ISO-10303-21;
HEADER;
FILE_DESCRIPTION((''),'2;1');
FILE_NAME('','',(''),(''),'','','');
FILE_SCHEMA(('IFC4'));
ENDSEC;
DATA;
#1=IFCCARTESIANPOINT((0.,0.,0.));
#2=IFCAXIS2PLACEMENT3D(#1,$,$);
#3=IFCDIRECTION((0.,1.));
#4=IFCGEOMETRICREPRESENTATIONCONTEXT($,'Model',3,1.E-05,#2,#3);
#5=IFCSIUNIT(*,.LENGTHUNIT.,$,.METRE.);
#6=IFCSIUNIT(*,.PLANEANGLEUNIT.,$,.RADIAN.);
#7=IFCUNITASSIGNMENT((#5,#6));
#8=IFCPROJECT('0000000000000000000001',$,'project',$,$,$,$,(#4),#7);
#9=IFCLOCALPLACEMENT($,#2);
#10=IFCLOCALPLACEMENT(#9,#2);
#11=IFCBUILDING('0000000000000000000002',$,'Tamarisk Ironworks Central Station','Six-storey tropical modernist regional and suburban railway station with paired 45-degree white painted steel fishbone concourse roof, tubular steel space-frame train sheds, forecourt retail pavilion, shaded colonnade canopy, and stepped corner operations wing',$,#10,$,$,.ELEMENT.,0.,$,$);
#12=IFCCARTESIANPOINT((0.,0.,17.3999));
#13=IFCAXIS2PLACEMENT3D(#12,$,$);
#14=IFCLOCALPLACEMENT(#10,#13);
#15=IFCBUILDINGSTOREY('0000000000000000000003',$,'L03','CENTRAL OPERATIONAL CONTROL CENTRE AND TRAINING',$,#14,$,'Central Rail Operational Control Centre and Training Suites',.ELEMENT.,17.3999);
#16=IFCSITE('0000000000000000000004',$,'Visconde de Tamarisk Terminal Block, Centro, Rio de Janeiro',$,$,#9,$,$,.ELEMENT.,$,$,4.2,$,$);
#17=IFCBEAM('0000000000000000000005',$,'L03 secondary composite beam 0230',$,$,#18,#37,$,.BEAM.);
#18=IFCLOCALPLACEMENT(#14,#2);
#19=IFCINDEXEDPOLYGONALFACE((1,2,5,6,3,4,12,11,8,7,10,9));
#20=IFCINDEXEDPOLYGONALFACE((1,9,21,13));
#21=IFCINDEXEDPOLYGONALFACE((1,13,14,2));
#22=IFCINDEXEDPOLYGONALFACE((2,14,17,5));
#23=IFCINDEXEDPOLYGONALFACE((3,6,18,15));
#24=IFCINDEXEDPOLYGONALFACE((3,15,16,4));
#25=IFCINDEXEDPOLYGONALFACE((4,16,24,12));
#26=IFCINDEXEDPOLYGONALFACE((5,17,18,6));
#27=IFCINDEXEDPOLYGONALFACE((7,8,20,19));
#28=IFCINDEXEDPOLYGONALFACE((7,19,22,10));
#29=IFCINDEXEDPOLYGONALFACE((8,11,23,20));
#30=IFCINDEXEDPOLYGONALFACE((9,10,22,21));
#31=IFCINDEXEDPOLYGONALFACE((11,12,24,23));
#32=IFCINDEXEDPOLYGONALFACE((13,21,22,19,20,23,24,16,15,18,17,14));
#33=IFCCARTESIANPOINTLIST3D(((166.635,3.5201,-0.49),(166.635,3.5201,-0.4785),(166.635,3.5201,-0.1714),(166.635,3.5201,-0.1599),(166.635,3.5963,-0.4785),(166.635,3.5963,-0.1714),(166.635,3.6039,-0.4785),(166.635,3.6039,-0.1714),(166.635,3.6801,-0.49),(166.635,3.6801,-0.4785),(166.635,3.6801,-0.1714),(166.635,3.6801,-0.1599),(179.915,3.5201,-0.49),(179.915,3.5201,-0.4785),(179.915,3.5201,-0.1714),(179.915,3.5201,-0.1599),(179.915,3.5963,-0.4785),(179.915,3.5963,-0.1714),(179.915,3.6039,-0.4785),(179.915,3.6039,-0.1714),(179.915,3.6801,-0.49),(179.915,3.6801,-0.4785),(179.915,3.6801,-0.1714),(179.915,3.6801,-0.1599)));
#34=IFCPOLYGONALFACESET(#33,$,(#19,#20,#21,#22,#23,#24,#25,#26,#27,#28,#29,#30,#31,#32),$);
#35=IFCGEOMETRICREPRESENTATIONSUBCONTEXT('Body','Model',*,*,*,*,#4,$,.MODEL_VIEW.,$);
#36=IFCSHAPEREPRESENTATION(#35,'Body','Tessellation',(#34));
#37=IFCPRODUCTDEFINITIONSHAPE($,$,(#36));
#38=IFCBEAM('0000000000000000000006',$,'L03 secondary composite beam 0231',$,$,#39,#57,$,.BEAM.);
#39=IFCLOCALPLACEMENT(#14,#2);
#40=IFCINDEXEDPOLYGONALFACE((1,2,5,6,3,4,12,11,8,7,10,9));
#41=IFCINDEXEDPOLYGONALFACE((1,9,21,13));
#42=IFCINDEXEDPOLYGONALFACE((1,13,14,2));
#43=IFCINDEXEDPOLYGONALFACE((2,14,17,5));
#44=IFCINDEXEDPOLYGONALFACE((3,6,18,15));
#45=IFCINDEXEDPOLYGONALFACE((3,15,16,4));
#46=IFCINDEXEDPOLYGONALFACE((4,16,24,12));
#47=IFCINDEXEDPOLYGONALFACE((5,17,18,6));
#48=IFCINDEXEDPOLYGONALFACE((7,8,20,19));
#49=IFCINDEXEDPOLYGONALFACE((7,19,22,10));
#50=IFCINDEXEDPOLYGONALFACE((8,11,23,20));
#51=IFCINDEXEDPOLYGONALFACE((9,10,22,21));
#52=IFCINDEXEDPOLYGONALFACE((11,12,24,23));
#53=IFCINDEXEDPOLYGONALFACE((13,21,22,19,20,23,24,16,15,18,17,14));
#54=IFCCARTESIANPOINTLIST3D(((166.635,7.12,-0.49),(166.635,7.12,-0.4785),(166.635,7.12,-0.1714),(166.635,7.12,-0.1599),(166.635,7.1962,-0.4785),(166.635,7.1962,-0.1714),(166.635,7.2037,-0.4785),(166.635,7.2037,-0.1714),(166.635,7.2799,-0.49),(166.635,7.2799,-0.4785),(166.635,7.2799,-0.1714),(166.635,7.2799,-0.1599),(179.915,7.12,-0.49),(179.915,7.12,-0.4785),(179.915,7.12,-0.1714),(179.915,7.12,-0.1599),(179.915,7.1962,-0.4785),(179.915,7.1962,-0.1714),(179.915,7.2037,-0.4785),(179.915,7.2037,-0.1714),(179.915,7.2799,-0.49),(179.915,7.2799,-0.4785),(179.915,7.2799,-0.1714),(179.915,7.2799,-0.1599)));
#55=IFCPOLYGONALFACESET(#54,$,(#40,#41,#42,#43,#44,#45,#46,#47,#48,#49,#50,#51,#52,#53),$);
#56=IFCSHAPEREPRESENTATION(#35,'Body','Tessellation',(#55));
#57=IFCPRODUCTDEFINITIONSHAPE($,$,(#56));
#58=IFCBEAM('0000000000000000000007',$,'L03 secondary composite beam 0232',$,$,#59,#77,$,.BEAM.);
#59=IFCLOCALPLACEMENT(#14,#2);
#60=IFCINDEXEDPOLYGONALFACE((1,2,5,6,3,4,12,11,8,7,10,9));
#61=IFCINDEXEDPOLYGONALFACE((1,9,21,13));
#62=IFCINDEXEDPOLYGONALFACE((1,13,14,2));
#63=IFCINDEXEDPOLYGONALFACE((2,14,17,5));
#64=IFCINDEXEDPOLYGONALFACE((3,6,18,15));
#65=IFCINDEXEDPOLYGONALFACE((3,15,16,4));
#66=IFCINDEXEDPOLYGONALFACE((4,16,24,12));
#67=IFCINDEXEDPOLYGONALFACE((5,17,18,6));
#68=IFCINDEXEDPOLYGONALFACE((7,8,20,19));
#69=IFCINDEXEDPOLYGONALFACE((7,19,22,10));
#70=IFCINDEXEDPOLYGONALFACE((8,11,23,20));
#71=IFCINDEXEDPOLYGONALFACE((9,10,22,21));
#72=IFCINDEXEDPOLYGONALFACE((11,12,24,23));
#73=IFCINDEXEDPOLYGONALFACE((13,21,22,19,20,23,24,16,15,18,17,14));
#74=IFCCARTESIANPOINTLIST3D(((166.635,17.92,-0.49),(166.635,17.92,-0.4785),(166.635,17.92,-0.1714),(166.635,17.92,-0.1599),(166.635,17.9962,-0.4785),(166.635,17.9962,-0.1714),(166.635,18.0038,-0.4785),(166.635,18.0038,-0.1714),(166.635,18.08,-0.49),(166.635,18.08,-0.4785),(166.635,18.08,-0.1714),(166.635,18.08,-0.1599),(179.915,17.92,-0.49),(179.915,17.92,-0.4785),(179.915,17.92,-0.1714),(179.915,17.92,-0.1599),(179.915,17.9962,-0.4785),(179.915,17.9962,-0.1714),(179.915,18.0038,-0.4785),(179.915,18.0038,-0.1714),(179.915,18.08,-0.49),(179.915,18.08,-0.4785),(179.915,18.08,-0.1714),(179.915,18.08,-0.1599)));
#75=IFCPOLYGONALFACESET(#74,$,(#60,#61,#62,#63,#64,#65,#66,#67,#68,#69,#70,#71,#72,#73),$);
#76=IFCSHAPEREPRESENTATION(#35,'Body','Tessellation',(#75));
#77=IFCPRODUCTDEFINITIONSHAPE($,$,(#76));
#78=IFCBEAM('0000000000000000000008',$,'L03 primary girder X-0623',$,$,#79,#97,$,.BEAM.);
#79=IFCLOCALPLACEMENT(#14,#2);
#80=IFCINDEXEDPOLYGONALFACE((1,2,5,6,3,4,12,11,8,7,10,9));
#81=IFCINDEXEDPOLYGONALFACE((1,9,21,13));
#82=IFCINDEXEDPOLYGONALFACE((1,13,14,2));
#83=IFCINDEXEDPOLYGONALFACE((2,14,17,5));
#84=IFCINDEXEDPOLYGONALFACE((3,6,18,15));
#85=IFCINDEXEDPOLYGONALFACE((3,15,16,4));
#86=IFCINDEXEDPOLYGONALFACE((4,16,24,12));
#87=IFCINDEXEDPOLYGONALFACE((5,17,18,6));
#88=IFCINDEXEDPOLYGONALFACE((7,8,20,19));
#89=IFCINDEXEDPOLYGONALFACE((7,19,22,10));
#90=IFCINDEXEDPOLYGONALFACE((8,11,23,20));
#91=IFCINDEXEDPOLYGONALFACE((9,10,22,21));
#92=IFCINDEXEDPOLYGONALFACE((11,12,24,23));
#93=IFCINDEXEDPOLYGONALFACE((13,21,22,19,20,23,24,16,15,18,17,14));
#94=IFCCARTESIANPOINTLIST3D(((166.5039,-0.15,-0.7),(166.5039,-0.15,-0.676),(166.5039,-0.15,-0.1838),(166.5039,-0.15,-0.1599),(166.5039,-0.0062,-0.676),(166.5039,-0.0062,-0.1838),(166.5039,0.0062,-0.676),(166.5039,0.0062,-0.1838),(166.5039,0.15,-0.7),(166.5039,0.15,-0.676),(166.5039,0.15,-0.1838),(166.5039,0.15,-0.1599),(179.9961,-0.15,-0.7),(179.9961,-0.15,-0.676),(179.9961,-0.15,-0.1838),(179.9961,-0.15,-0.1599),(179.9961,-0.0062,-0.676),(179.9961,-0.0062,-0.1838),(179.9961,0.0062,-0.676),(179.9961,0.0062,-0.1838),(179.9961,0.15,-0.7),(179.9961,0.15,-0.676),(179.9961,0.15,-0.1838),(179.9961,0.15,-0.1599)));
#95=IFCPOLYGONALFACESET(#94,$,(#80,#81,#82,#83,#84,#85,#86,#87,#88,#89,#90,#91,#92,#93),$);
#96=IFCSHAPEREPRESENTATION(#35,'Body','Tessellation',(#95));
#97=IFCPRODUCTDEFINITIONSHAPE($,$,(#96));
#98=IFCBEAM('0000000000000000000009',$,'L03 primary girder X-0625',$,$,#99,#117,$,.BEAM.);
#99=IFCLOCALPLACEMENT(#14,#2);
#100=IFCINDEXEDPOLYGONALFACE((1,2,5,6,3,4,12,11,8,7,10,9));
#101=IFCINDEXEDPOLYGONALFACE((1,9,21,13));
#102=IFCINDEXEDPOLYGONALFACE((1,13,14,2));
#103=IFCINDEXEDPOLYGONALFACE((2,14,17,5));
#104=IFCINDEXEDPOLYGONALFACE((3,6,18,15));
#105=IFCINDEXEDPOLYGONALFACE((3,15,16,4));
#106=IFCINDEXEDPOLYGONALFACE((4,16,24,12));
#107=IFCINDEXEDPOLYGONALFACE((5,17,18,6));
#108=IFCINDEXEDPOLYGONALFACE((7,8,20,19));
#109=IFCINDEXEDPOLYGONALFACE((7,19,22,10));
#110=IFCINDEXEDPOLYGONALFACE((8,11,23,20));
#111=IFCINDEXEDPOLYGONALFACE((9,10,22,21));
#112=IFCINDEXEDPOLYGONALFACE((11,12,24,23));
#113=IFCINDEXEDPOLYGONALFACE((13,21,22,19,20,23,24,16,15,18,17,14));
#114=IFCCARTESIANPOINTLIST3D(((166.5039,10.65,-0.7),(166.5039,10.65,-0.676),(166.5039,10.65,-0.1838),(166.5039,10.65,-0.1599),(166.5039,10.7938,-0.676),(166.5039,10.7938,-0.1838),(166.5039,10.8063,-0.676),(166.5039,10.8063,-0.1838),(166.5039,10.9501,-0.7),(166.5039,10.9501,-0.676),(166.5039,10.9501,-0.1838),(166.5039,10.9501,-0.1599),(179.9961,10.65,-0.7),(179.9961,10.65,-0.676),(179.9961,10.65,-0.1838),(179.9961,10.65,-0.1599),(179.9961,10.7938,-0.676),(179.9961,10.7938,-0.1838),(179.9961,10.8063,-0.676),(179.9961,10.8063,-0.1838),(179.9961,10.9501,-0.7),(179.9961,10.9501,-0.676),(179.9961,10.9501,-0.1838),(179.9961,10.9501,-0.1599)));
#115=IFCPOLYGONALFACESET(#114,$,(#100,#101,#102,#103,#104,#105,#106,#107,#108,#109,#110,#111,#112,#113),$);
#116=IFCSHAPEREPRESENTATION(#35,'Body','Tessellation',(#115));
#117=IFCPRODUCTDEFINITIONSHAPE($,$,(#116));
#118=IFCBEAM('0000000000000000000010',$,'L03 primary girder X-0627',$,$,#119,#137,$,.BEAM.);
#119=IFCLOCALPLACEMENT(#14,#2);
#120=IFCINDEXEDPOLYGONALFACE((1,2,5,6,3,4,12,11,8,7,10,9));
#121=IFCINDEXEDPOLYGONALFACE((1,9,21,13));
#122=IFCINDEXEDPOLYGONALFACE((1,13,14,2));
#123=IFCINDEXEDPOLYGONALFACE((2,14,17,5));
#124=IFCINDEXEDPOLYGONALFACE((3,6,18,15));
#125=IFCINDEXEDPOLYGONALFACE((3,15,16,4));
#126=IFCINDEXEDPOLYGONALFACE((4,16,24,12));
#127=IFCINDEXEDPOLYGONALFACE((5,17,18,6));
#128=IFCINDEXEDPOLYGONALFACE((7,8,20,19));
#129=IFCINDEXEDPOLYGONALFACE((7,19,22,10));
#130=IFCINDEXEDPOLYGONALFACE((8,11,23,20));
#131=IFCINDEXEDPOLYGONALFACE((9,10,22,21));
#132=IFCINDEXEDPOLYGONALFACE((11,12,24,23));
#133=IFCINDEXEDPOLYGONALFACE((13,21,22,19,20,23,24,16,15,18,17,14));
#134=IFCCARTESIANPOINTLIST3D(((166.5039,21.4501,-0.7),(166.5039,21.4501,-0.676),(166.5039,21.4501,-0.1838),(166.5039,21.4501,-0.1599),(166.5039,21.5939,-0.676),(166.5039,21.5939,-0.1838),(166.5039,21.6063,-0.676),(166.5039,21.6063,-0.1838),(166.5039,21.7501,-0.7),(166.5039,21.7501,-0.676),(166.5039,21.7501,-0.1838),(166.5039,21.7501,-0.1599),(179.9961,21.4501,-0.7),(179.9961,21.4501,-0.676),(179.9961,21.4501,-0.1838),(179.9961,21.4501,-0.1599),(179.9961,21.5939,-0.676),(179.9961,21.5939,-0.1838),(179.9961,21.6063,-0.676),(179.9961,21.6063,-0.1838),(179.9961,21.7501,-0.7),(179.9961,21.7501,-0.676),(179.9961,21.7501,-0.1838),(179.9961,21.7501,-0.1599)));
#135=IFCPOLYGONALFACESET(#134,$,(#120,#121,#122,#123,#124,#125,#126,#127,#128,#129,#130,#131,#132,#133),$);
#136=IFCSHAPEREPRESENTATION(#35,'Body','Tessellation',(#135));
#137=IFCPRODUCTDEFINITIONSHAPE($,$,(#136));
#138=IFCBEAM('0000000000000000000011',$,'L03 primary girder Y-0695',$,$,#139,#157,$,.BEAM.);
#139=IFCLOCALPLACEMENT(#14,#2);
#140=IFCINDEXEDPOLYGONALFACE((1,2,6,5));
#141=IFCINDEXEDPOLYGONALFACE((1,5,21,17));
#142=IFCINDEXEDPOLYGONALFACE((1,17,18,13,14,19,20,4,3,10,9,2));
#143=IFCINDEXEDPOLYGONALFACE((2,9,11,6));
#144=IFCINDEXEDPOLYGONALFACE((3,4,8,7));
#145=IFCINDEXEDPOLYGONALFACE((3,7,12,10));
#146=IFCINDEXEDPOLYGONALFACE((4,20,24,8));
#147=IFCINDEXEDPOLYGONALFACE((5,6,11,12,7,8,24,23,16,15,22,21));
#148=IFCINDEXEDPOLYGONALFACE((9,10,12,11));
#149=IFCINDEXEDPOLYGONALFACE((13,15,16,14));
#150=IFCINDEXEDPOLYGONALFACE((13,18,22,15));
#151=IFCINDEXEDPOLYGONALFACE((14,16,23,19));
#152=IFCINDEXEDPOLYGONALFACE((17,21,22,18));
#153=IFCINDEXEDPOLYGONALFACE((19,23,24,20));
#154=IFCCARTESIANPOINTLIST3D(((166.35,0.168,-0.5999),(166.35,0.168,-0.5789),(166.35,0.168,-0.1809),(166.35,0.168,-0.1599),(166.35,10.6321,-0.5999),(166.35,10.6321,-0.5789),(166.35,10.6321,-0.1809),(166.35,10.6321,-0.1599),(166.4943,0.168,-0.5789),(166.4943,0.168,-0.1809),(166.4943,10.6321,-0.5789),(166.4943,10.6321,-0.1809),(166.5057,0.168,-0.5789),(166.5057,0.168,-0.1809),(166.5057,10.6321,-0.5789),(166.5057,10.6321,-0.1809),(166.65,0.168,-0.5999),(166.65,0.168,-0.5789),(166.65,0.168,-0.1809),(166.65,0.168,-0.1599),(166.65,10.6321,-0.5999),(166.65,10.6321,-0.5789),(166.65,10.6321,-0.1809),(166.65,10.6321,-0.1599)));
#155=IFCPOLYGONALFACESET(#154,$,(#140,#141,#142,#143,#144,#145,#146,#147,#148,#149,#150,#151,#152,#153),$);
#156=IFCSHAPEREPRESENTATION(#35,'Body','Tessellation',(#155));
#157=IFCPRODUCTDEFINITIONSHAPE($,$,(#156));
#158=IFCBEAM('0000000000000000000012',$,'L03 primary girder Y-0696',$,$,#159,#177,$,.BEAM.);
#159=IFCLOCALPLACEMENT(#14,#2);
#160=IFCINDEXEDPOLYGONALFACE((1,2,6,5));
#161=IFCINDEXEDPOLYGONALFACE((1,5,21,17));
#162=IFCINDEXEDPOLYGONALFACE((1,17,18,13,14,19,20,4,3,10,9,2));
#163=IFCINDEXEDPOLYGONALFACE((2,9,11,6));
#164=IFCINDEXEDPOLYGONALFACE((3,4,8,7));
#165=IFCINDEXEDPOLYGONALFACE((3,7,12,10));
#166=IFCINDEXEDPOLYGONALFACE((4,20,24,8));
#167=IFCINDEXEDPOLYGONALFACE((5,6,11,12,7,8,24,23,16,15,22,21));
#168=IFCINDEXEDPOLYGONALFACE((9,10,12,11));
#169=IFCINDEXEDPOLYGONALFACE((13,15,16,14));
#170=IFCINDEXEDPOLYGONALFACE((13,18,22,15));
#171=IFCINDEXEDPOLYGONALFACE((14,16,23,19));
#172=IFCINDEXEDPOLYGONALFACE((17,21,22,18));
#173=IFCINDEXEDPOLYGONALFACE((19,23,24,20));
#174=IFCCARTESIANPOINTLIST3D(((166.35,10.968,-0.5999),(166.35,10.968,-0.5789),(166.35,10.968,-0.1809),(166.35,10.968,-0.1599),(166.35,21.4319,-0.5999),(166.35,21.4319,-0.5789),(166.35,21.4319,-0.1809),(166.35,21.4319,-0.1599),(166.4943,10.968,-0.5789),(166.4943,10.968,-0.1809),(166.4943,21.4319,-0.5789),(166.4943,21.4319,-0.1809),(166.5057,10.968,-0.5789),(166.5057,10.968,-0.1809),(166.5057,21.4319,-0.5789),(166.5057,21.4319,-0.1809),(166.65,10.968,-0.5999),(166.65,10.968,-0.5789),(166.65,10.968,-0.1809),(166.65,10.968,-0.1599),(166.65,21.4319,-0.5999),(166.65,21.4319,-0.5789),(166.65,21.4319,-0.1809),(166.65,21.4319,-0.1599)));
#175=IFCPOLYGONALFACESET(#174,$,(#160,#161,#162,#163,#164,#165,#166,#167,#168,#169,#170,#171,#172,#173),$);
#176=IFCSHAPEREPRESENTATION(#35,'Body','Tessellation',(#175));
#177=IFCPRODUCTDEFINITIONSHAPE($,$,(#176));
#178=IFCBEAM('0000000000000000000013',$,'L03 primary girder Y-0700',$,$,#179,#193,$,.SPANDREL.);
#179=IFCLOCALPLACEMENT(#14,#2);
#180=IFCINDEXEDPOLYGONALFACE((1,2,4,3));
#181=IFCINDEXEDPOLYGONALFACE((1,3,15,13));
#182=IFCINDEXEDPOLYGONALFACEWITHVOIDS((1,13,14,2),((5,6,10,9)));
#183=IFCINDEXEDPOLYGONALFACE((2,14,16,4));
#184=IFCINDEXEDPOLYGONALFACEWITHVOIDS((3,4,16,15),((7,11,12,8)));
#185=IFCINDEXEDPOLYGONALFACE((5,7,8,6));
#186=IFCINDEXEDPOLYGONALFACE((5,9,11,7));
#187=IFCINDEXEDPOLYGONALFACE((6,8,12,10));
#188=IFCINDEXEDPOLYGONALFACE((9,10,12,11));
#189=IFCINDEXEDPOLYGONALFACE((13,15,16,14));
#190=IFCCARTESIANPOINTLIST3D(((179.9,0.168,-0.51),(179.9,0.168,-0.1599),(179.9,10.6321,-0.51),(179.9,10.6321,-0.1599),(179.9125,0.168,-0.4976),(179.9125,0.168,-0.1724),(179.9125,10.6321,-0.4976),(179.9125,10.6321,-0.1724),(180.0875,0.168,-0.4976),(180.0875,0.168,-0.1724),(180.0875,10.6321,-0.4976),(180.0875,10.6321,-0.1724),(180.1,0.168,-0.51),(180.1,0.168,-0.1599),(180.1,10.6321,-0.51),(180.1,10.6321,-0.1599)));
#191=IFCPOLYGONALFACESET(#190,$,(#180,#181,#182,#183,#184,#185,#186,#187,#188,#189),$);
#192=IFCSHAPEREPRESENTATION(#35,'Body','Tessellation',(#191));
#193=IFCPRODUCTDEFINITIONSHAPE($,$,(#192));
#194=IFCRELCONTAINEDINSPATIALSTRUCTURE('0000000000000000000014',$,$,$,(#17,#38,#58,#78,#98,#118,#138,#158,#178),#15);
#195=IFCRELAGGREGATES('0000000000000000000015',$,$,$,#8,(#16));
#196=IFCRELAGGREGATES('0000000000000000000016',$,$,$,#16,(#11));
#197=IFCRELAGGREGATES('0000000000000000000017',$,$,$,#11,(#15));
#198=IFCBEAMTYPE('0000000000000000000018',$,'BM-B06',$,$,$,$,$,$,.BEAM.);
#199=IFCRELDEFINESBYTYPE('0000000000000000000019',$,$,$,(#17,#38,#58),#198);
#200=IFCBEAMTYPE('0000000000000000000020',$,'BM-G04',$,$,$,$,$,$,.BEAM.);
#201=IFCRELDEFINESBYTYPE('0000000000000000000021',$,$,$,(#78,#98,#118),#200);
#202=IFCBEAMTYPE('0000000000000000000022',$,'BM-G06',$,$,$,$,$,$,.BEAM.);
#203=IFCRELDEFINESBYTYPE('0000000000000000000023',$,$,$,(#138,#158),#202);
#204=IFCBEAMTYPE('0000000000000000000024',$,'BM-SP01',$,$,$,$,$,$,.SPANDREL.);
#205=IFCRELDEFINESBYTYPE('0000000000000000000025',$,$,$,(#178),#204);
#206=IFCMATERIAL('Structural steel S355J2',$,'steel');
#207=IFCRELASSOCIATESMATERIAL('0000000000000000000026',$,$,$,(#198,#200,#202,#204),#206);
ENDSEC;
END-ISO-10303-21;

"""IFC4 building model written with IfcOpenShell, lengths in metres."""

from ifc_helpers import new_model, si_unit, direction, frame, origin, origin_2d, place, context, subcontext, project, spatial, hollow_rectangle, i_section, extrude, material, material_profile, profile_set, type_object, element, save


model = new_model("IFC4")

# Units and contexts
model_context = context("Model", 3, precision=1e-05, world=origin(), true_north=direction((0.0, 1.0)))
body_context = subcontext(model_context, "Body", "Model", "MODEL_VIEW")
ifc_project = project(units=[si_unit("LENGTHUNIT", "METRE"), si_unit("PLANEANGLEUNIT", "RADIAN")], contexts=[model_context])

# Site, building, storey
site_placement = place(None, origin())
site = spatial("IfcSite", under=ifc_project, at=site_placement, Name="Visconde de Tamarisk Terminal Block, Centro, Rio de Janeiro", CompositionType="ELEMENT", RefElevation=4.2)
building_placement = place(site_placement, origin())
building = spatial("IfcBuilding", under=site, at=building_placement, Name="Tamarisk Ironworks Central Station", Description="Six-storey tropical modernist regional and suburban railway station with paired 45-degree white painted steel fishbone concourse roof, tubular steel space-frame train sheds, forecourt retail pavilion, shaded colonnade canopy, and stepped corner operations wing", CompositionType="ELEMENT", ElevationOfRefHeight=0.0)
storey_placement = place(building_placement, frame((0.0, 0.0, 17.3999)))
storey = spatial("IfcBuildingStorey", under=building, at=storey_placement, Name="L03", Description="CENTRAL OPERATIONAL CONTROL CENTRE AND TRAINING", LongName="Central Rail Operational Control Centre and Training Suites", CompositionType="ELEMENT", Elevation=17.3999)

# Beams
ifc_material_1 = material(Name="Structural steel S355J2", Category="steel")
ifc_material_profile_1 = material_profile(ifc_material_1, i_section(OverallWidth=0.1599, OverallDepth=0.3301, WebThickness=0.0076, FlangeThickness=0.0115, at=origin_2d()), Name="IPE 330")
ifc_profile_set_1 = profile_set([ifc_material_profile_1], Name="Structural steel S355J2")
beam_type_1 = type_object("IfcBeamType", Name="BM-B06", PredefinedType="BEAM", material=ifc_profile_set_1)
for number, where, z_axis, x_axis, name in (
    (1, (166.635, 3.6001, -0.325), (1.0, 0.0, 0.0), (0.0, 1.0, 0.0), "L03 secondary composite beam 0230"),
    (2, (166.635, 7.2, -0.325), (1.0, 0.0, 0.0), (0.0, 1.0, 0.0), "L03 secondary composite beam 0231"),
    (3, (166.635, 18.0, -0.325), (1.0, 0.0, 0.0), (0.0, 1.0, 0.0), "L03 secondary composite beam 0232"),
):
    element("IfcBeam", number, at=place(storey_placement, frame(where, z_axis=z_axis, x_axis=x_axis)), inside=storey, type_object=beam_type_1, Name=name, PredefinedType="BEAM", context=body_context, shape_type="SweptSolid", body=[
        extrude(i_section(OverallWidth=0.1599, OverallDepth=0.3301, WebThickness=0.0076, FlangeThickness=0.0115, at=origin_2d()), origin(), (0.0, 0.0, 1.0), 13.28),
    ])
ifc_material_profile_2 = material_profile(ifc_material_1, i_section(OverallWidth=0.3, OverallDepth=0.54, WebThickness=0.0125, FlangeThickness=0.0239, at=origin_2d()), Name="HEA 550")
ifc_profile_set_2 = profile_set([ifc_material_profile_2], Name="Structural steel S355J2")
beam_type_2 = type_object("IfcBeamType", Name="BM-G04", PredefinedType="BEAM", material=ifc_profile_set_2)
for number, where, z_axis, x_axis, name in (
    (4, (166.5039, 0.0, -0.4299), (1.0, 0.0, 0.0), (0.0, 1.0, 0.0), "L03 primary girder X-0623"),
    (5, (166.5039, 10.8, -0.4299), (1.0, 0.0, 0.0), (0.0, 1.0, 0.0), "L03 primary girder X-0625"),
    (6, (166.5039, 21.6001, -0.4299), (1.0, 0.0, 0.0), (0.0, 1.0, 0.0), "L03 primary girder X-0627"),
):
    element("IfcBeam", number, at=place(storey_placement, frame(where, z_axis=z_axis, x_axis=x_axis)), inside=storey, type_object=beam_type_2, Name=name, PredefinedType="BEAM", context=body_context, shape_type="SweptSolid", body=[
        extrude(i_section(OverallWidth=0.3, OverallDepth=0.54, WebThickness=0.0125, FlangeThickness=0.0239, at=origin_2d()), origin(), (0.0, 0.0, 1.0), 13.4922),
    ])
ifc_material_profile_3 = material_profile(ifc_material_1, i_section(OverallWidth=0.3, OverallDepth=0.4399, WebThickness=0.0115, FlangeThickness=0.021, at=origin_2d()), Name="HEA 450")
ifc_profile_set_3 = profile_set([ifc_material_profile_3], Name="Structural steel S355J2")
beam_type_3 = type_object("IfcBeamType", Name="BM-G06", PredefinedType="BEAM", material=ifc_profile_set_3)
beam_1_placement = place(storey_placement, frame((166.5, 0.168, -0.3799), z_axis=(0.0, 1.0, 0.0), x_axis=(-1.0, 0.0, 0.0)))
element("IfcBeam", 7, at=beam_1_placement, inside=storey, type_object=beam_type_3, Name="L03 primary girder Y-0695", PredefinedType="BEAM", context=body_context, shape_type="SweptSolid", body=[
    extrude(i_section(OverallWidth=0.3, OverallDepth=0.4399, WebThickness=0.0115, FlangeThickness=0.021, at=origin_2d()), origin(), (0.0, 0.0, 1.0), 10.4641),
])
beam_2_placement = place(storey_placement, frame((166.5, 10.968, -0.3799), z_axis=(0.0, 1.0, 0.0), x_axis=(-1.0, 0.0, 0.0)))
element("IfcBeam", 8, at=beam_2_placement, inside=storey, type_object=beam_type_3, Name="L03 primary girder Y-0696", PredefinedType="BEAM", context=body_context, shape_type="SweptSolid", body=[
    extrude(i_section(OverallWidth=0.3, OverallDepth=0.4399, WebThickness=0.0115, FlangeThickness=0.021, at=origin_2d()), origin(), (0.0, 0.0, 1.0), 10.4639),
])
ifc_material_profile_4 = material_profile(ifc_material_1, hollow_rectangle(XDim=0.2, YDim=0.3501, WallThickness=0.0125, at=origin_2d()), Name="RHS 350x200x12.5")
ifc_profile_set_4 = profile_set([ifc_material_profile_4], Name="Structural steel S355J2")
beam_type_4 = type_object("IfcBeamType", Name="BM-SP01", PredefinedType="SPANDREL", material=ifc_profile_set_4)
beam_3_placement = place(storey_placement, frame((180.0, 0.168, -0.335), z_axis=(0.0, 1.0, 0.0), x_axis=(-1.0, 0.0, 0.0)))
element("IfcBeam", 9, at=beam_3_placement, inside=storey, type_object=beam_type_4, Name="L03 primary girder Y-0700", PredefinedType="SPANDREL", context=body_context, shape_type="SweptSolid", body=[
    extrude(hollow_rectangle(XDim=0.2, YDim=0.3501, WallThickness=0.0125, at=origin_2d()), origin(), (0.0, 0.0, 1.0), 10.4641),
])

save(model, "model.ifc")
